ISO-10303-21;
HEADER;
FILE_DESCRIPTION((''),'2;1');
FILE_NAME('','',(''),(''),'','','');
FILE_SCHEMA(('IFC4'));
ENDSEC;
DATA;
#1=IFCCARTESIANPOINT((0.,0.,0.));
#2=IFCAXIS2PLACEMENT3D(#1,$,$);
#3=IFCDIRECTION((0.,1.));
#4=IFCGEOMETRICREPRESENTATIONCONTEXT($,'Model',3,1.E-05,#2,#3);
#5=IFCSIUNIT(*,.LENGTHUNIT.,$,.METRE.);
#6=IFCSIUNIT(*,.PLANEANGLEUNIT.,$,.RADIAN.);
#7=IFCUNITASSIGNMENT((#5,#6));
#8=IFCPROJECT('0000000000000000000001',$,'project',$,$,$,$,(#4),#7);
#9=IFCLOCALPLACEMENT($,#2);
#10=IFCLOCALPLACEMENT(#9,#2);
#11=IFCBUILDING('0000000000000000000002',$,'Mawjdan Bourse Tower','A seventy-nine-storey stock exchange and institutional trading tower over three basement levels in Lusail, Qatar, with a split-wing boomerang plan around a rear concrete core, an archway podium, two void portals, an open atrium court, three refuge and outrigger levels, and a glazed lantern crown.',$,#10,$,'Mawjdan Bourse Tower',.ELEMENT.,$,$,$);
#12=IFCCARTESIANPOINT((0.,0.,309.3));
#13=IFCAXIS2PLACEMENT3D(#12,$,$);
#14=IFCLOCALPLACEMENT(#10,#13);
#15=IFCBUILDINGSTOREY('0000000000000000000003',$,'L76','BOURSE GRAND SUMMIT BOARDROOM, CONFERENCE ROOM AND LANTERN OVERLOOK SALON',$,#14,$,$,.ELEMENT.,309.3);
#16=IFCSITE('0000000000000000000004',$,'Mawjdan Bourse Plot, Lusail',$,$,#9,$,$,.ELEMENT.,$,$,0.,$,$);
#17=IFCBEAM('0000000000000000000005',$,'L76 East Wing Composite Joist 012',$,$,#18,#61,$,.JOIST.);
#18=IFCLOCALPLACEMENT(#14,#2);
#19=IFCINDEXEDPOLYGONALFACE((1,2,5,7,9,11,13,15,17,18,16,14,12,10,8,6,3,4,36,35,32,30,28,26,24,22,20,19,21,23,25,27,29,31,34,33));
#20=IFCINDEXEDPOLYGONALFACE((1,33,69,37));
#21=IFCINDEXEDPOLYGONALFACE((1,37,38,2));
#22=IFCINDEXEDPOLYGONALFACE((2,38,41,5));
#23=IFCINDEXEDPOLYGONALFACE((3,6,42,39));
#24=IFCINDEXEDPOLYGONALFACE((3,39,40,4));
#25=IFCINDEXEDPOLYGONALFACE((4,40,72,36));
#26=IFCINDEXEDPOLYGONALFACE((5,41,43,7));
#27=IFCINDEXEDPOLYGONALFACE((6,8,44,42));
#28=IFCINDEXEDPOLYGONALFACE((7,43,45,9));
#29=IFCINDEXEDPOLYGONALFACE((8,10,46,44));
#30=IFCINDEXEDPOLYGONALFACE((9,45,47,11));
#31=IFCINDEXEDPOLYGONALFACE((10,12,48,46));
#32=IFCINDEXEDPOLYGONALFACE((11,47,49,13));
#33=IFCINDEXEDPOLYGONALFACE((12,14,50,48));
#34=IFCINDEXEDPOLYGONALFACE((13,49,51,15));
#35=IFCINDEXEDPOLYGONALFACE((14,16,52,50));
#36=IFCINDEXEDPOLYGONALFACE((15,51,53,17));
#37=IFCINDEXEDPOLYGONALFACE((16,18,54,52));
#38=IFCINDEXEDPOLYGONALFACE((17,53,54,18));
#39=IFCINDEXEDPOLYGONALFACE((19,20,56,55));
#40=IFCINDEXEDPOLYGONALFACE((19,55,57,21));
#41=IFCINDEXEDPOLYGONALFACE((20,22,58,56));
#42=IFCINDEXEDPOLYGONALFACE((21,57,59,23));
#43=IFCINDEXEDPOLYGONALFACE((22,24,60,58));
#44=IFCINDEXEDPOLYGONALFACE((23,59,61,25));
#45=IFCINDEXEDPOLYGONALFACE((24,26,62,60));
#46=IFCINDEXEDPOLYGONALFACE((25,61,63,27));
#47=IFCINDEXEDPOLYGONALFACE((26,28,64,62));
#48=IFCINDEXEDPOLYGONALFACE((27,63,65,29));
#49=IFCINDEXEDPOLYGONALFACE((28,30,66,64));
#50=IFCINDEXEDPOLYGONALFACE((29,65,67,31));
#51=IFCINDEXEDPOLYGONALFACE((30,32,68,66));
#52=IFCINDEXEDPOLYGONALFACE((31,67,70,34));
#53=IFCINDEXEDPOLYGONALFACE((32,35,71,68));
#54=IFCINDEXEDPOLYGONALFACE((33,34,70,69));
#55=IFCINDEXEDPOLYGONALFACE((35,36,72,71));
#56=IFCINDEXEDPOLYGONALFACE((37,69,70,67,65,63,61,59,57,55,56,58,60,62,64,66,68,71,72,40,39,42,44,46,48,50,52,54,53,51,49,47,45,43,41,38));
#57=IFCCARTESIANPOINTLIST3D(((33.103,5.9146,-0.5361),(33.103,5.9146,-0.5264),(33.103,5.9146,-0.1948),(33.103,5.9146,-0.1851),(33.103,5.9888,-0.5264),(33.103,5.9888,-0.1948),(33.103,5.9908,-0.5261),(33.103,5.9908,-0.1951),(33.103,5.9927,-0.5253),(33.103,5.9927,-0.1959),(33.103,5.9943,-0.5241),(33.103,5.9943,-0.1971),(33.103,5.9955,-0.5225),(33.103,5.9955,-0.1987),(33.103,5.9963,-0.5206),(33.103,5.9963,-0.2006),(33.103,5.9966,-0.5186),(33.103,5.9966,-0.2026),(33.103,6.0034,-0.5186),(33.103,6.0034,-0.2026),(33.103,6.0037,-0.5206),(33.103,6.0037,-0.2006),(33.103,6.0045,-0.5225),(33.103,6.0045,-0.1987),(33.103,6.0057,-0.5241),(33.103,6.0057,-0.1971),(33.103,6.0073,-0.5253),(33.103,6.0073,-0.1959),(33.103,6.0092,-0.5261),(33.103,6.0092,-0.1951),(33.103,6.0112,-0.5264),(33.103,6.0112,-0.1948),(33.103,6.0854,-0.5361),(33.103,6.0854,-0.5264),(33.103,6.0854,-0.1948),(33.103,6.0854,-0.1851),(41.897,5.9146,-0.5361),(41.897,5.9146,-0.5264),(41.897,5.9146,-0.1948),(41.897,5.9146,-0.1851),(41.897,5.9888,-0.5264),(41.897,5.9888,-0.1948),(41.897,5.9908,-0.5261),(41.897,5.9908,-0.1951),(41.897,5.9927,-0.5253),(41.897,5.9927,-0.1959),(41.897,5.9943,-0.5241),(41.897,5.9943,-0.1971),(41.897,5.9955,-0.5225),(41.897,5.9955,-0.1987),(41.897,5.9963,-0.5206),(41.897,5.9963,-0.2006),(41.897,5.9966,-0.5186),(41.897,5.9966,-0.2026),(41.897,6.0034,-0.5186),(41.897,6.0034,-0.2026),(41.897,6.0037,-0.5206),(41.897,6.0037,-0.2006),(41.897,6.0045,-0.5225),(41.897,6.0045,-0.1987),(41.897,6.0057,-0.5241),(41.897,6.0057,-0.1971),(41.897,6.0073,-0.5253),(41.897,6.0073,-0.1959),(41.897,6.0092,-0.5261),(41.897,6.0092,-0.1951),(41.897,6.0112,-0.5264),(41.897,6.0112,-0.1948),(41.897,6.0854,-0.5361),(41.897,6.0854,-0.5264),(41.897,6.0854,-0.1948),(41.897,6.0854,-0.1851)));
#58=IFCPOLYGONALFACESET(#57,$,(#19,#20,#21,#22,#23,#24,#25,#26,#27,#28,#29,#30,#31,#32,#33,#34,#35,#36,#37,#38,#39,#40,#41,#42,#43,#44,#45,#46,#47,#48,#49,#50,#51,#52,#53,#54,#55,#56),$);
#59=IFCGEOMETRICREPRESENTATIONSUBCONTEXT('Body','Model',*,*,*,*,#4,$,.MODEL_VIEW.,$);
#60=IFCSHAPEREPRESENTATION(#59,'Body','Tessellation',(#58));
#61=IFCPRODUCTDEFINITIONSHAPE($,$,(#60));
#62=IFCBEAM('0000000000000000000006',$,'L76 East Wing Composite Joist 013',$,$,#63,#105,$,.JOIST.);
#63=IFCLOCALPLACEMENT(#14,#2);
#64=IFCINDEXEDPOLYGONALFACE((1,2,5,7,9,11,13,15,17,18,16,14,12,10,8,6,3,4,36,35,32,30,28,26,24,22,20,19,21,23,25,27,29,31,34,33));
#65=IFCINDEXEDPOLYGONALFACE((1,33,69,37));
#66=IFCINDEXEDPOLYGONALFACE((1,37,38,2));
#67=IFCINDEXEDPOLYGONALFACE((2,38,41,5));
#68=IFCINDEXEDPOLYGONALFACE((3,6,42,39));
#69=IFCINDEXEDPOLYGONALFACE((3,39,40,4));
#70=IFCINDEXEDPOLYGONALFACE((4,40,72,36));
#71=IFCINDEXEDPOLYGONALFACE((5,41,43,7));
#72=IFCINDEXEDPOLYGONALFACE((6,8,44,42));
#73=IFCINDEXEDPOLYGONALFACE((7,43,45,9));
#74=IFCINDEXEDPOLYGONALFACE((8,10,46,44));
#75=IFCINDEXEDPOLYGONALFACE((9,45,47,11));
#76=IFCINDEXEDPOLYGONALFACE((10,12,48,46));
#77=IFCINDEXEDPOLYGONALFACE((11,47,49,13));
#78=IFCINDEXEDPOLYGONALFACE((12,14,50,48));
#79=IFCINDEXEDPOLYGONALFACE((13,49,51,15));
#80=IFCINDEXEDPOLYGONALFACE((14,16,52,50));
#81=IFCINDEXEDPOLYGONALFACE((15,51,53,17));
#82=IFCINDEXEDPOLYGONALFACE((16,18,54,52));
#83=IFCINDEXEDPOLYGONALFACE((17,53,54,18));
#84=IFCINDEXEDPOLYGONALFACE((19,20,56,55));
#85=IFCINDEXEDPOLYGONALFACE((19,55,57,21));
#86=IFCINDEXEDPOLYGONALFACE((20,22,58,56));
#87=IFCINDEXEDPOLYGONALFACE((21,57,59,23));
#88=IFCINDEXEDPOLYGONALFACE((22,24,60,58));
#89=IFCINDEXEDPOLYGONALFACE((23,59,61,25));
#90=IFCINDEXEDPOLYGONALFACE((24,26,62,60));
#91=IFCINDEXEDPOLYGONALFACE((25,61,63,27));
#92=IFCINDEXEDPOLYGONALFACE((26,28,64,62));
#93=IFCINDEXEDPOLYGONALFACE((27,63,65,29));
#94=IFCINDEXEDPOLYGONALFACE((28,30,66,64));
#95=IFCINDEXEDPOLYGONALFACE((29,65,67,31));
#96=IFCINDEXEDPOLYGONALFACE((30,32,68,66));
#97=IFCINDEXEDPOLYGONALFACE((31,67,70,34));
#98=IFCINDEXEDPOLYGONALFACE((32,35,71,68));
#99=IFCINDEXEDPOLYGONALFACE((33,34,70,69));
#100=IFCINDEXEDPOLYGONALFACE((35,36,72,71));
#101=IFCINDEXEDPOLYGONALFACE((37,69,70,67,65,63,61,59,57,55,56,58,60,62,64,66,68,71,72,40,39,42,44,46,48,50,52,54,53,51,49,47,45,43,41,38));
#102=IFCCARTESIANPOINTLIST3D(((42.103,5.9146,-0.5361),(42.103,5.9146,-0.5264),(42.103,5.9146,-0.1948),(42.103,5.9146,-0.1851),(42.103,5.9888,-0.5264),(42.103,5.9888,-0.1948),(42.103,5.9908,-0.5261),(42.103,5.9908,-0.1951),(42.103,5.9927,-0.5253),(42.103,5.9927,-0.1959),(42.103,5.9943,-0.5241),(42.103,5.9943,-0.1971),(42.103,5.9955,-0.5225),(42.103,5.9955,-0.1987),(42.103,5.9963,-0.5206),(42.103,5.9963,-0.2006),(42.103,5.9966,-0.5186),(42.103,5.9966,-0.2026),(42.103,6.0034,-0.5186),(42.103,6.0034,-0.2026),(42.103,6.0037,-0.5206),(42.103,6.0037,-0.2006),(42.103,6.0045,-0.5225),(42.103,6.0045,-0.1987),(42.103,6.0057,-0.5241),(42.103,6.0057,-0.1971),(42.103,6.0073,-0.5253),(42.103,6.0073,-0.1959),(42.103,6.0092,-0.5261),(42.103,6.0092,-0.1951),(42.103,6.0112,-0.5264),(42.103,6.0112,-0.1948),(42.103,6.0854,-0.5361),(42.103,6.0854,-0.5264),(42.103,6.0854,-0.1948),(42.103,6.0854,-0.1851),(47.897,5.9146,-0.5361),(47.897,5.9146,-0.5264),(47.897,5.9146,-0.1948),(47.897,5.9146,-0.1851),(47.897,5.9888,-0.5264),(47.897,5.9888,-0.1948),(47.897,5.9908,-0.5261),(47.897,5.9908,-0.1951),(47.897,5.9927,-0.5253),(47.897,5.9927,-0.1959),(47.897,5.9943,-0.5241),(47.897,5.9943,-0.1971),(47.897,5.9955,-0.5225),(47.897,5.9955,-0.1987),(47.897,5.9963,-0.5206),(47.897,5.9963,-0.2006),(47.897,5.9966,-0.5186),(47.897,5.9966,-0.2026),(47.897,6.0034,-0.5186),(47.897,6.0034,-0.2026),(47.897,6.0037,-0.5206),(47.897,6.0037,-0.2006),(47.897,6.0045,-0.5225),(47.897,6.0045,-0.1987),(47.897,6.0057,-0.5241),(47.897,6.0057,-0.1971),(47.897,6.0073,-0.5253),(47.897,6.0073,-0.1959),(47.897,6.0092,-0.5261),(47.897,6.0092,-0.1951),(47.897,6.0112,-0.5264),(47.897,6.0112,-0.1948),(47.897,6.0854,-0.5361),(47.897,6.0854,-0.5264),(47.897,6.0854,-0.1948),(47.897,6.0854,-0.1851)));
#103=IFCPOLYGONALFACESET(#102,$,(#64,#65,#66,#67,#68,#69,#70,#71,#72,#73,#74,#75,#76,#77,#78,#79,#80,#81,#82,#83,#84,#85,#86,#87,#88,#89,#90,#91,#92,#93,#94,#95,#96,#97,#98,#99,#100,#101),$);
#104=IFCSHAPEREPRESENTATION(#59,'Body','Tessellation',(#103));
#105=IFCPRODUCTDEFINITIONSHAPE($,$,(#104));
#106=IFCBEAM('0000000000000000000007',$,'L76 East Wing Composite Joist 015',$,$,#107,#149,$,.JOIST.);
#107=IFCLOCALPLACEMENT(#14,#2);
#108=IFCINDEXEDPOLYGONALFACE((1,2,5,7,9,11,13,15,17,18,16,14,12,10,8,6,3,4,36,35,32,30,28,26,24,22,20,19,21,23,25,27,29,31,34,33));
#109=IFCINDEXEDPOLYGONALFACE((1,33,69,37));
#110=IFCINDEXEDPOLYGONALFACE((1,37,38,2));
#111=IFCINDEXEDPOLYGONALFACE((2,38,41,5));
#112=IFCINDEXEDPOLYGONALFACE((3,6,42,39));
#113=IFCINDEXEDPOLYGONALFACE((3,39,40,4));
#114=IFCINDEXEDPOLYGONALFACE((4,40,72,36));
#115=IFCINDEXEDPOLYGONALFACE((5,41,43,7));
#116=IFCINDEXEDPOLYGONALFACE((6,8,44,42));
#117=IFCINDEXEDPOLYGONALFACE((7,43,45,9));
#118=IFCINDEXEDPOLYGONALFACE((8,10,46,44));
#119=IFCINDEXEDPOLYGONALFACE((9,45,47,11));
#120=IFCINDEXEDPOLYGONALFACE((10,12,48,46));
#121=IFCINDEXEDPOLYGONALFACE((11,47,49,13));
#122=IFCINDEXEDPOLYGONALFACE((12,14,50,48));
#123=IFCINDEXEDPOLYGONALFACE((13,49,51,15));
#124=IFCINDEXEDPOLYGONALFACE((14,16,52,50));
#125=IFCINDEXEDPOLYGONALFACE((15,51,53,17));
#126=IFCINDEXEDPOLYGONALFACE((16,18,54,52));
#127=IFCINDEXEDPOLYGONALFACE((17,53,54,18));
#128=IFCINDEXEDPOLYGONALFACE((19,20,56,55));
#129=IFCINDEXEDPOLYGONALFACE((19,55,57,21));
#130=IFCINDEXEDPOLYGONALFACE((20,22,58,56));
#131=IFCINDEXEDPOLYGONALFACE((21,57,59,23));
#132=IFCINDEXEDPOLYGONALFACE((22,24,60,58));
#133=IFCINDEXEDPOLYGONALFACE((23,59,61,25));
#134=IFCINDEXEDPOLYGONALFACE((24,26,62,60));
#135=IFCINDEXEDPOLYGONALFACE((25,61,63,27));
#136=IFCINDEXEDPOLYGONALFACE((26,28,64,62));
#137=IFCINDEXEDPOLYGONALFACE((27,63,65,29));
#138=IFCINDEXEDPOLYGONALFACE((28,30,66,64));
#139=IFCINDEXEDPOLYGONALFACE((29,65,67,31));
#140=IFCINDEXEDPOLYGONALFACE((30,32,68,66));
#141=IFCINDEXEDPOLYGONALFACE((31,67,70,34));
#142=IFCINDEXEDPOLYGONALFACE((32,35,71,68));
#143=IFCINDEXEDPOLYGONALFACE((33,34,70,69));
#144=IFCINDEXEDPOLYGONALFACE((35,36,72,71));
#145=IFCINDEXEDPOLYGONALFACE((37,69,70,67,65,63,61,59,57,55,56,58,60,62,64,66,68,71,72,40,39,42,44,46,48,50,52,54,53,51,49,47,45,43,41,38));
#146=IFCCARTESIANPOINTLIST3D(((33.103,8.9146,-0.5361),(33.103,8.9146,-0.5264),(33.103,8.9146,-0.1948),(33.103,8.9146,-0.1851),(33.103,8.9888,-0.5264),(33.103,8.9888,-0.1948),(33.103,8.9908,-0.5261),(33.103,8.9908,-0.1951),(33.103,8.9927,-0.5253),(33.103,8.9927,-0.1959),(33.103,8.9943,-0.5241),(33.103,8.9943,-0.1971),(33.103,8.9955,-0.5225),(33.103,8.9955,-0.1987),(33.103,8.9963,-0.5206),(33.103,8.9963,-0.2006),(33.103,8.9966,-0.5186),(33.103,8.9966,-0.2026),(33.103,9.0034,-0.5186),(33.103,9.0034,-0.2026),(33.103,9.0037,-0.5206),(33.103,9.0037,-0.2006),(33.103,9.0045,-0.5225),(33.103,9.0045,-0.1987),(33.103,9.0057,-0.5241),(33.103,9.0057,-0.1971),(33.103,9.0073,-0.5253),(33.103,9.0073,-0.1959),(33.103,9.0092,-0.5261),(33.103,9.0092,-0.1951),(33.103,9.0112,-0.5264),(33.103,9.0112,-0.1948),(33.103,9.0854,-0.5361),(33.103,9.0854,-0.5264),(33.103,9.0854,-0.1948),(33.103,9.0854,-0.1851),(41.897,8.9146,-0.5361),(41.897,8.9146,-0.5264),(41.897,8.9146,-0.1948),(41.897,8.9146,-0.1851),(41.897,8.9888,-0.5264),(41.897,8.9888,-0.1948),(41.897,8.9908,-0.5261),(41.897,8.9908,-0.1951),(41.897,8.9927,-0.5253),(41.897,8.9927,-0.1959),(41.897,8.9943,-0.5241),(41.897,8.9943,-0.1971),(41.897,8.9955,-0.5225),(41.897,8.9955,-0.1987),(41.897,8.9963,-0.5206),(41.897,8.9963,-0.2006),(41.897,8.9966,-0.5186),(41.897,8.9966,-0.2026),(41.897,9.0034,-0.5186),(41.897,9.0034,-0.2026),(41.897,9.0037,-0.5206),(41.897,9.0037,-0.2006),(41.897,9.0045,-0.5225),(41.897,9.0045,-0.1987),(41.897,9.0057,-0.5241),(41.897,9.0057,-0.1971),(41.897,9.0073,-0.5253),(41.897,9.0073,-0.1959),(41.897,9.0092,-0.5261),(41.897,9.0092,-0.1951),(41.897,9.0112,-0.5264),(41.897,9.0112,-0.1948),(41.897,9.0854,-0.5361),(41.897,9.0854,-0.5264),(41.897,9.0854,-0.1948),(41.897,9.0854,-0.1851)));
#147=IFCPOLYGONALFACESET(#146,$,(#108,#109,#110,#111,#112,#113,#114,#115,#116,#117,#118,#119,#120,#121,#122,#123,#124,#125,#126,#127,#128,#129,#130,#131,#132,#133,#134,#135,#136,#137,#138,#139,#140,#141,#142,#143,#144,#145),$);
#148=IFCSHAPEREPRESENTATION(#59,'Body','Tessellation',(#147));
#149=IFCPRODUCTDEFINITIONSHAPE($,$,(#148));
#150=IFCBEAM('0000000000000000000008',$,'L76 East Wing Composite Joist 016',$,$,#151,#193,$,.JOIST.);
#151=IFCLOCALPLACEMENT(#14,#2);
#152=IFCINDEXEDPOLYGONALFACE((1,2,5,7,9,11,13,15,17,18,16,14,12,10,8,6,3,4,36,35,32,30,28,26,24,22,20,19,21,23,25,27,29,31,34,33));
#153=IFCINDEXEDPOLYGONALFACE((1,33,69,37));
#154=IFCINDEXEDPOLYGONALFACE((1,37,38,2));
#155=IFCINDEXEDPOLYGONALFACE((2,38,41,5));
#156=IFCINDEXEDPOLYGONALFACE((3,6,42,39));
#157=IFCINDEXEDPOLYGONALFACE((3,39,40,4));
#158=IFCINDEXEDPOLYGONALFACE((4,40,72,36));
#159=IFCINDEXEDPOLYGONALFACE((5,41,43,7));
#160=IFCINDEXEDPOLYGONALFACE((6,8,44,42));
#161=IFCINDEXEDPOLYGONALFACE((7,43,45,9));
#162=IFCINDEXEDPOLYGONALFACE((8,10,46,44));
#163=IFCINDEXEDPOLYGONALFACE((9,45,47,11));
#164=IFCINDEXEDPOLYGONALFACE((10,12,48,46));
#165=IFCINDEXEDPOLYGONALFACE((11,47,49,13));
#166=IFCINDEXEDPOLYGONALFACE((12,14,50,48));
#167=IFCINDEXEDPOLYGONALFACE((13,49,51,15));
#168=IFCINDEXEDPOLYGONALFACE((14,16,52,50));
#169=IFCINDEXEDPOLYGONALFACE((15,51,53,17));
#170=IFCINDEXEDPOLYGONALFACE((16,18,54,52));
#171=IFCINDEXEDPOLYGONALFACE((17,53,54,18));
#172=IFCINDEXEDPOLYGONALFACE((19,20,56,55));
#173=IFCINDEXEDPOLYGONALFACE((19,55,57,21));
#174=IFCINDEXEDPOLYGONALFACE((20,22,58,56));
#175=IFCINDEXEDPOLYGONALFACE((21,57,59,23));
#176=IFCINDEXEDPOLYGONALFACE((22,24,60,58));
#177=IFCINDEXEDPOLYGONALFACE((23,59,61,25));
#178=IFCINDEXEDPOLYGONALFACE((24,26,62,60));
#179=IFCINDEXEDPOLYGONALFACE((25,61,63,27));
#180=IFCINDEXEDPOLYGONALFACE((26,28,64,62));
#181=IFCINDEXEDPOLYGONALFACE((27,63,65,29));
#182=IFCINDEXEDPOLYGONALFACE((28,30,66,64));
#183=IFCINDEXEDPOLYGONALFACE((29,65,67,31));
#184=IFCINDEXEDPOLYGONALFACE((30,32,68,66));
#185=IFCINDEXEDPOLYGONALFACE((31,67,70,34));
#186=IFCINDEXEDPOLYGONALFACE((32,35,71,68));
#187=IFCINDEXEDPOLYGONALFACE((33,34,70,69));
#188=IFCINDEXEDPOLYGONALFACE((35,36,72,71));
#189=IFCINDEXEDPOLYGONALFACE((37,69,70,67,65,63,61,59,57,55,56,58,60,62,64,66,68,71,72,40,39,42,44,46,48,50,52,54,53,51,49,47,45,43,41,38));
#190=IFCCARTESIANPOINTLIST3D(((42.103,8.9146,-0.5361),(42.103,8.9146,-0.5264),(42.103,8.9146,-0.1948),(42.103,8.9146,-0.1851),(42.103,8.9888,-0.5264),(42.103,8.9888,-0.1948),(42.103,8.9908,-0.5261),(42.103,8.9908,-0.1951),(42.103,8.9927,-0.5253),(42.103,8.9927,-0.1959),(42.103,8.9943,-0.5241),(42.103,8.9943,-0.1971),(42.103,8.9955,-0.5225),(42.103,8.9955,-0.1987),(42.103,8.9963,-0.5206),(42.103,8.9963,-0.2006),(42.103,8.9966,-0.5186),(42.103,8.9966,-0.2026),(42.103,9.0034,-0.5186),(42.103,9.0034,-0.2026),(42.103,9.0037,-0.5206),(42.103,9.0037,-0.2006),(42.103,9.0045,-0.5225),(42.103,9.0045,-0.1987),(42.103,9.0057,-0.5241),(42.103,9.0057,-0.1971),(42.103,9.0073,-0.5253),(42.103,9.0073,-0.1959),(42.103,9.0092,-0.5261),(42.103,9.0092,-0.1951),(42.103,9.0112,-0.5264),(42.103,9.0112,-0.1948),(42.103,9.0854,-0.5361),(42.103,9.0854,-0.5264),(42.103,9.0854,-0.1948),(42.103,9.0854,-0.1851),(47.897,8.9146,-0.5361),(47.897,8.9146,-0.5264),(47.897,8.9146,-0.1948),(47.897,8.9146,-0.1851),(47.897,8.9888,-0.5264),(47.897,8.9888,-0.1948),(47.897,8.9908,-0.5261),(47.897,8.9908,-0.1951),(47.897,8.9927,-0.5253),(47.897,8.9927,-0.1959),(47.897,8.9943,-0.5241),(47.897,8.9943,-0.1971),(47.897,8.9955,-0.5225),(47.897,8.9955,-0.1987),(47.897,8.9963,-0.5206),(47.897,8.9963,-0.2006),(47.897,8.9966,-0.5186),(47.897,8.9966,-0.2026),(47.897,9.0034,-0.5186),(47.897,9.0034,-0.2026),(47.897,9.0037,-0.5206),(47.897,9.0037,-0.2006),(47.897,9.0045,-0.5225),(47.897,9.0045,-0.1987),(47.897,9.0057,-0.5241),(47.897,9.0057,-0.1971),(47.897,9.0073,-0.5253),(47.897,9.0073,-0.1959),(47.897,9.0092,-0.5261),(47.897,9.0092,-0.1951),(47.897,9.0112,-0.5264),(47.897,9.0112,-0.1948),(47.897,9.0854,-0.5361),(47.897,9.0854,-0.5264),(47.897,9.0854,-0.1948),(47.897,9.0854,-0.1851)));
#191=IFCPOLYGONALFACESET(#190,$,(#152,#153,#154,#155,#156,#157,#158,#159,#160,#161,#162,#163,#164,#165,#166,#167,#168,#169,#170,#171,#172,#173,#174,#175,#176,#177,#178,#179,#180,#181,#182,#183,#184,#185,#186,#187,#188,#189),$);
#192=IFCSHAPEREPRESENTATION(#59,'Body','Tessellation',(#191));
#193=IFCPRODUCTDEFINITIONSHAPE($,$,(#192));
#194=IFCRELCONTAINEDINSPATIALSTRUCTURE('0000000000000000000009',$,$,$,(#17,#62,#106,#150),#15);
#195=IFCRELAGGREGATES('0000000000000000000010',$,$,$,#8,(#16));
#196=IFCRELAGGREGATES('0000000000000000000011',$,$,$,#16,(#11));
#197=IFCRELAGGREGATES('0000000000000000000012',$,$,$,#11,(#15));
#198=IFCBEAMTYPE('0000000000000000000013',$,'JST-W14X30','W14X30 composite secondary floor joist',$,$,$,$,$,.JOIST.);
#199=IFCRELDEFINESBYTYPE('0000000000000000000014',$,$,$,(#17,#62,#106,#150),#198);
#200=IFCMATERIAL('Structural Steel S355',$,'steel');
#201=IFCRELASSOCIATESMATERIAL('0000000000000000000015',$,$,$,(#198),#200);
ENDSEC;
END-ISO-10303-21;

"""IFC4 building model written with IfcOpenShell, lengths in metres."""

from ifc_helpers import new_model, si_unit, direction, frame, origin, origin_2d, place, context, subcontext, project, spatial, i_section, extrude, material, material_profile, profile_set, type_object, element, save


model = new_model("IFC4")

# Units and contexts
model_context = context("Model", 3, precision=1e-05, world=origin(), true_north=direction((0.0, 1.0)))
body_context = subcontext(model_context, "Body", "Model", "MODEL_VIEW")
ifc_project = project(units=[si_unit("LENGTHUNIT", "METRE"), si_unit("PLANEANGLEUNIT", "RADIAN")], contexts=[model_context])

# Site, building, storey
site_placement = place(None, origin())
site = spatial("IfcSite", under=ifc_project, at=site_placement, Name="Mawjdan Bourse Plot, Lusail", CompositionType="ELEMENT", RefElevation=0.0)
building_placement = place(site_placement, origin())
building = spatial("IfcBuilding", under=site, at=building_placement, Name="Mawjdan Bourse Tower", Description="A seventy-nine-storey stock exchange and institutional trading tower over three basement levels in Lusail, Qatar, with a split-wing boomerang plan around a rear concrete core, an archway podium, two void portals, an open atrium court, three refuge and outrigger levels, and a glazed lantern crown.", LongName="Mawjdan Bourse Tower", CompositionType="ELEMENT")
storey_placement = place(building_placement, frame((0.0, 0.0, 309.3)))
storey = spatial("IfcBuildingStorey", under=building, at=storey_placement, Name="L76", Description="BOURSE GRAND SUMMIT BOARDROOM, CONFERENCE ROOM AND LANTERN OVERLOOK SALON", CompositionType="ELEMENT", Elevation=309.3)

# Shared definitions
ifc_material_1 = material(Name="Structural Steel S355", Category="steel")

# Beams
ifc_material_profile_1 = material_profile(ifc_material_1, i_section(OverallWidth=0.1709, OverallDepth=0.3511, WebThickness=0.0068, FlangeThickness=0.0098, FilletRadius=0.0078, at=origin_2d()), Name="W14X30")
ifc_profile_set_1 = profile_set([ifc_material_profile_1], Name="Structural Steel S355")
beam_type_1 = type_object("IfcBeamType", Name="JST-W14X30", Description="W14X30 composite secondary floor joist", PredefinedType="JOIST", material=ifc_profile_set_1)
beam_1_placement = place(storey_placement, frame((33.103, 6.0, -0.3606), z_axis=(1.0, 0.0, 0.0), x_axis=(0.0, 1.0, 0.0)))
element("IfcBeam", 1, at=beam_1_placement, inside=storey, type_object=beam_type_1, Name="L76 East Wing Composite Joist 012", PredefinedType="JOIST", context=body_context, shape_type="SweptSolid", body=[
    extrude(i_section(OverallWidth=0.1709, OverallDepth=0.3511, WebThickness=0.0068, FlangeThickness=0.0098, FilletRadius=0.0078, at=origin_2d()), origin(), (0.0, 0.0, 1.0), 8.7939),
])
beam_2_placement = place(storey_placement, frame((42.103, 6.0, -0.3606), z_axis=(1.0, 0.0, 0.0), x_axis=(0.0, 1.0, 0.0)))
element("IfcBeam", 2, at=beam_2_placement, inside=storey, type_object=beam_type_1, Name="L76 East Wing Composite Joist 013", PredefinedType="JOIST", context=body_context, shape_type="SweptSolid", body=[
    extrude(i_section(OverallWidth=0.1709, OverallDepth=0.3511, WebThickness=0.0068, FlangeThickness=0.0098, FilletRadius=0.0078, at=origin_2d()), origin(), (0.0, 0.0, 1.0), 5.7939),
])
beam_3_placement = place(storey_placement, frame((33.103, 9.0, -0.3606), z_axis=(1.0, 0.0, 0.0), x_axis=(0.0, 1.0, 0.0)))
element("IfcBeam", 3, at=beam_3_placement, inside=storey, type_object=beam_type_1, Name="L76 East Wing Composite Joist 015", PredefinedType="JOIST", context=body_context, shape_type="SweptSolid", body=[
    extrude(i_section(OverallWidth=0.1709, OverallDepth=0.3511, WebThickness=0.0068, FlangeThickness=0.0098, FilletRadius=0.0078, at=origin_2d()), origin(), (0.0, 0.0, 1.0), 8.7939),
])
beam_4_placement = place(storey_placement, frame((42.103, 9.0, -0.3606), z_axis=(1.0, 0.0, 0.0), x_axis=(0.0, 1.0, 0.0)))
element("IfcBeam", 4, at=beam_4_placement, inside=storey, type_object=beam_type_1, Name="L76 East Wing Composite Joist 016", PredefinedType="JOIST", context=body_context, shape_type="SweptSolid", body=[
    extrude(i_section(OverallWidth=0.1709, OverallDepth=0.3511, WebThickness=0.0068, FlangeThickness=0.0098, FilletRadius=0.0078, at=origin_2d()), origin(), (0.0, 0.0, 1.0), 5.7939),
])

save(model, "model.ifc")
